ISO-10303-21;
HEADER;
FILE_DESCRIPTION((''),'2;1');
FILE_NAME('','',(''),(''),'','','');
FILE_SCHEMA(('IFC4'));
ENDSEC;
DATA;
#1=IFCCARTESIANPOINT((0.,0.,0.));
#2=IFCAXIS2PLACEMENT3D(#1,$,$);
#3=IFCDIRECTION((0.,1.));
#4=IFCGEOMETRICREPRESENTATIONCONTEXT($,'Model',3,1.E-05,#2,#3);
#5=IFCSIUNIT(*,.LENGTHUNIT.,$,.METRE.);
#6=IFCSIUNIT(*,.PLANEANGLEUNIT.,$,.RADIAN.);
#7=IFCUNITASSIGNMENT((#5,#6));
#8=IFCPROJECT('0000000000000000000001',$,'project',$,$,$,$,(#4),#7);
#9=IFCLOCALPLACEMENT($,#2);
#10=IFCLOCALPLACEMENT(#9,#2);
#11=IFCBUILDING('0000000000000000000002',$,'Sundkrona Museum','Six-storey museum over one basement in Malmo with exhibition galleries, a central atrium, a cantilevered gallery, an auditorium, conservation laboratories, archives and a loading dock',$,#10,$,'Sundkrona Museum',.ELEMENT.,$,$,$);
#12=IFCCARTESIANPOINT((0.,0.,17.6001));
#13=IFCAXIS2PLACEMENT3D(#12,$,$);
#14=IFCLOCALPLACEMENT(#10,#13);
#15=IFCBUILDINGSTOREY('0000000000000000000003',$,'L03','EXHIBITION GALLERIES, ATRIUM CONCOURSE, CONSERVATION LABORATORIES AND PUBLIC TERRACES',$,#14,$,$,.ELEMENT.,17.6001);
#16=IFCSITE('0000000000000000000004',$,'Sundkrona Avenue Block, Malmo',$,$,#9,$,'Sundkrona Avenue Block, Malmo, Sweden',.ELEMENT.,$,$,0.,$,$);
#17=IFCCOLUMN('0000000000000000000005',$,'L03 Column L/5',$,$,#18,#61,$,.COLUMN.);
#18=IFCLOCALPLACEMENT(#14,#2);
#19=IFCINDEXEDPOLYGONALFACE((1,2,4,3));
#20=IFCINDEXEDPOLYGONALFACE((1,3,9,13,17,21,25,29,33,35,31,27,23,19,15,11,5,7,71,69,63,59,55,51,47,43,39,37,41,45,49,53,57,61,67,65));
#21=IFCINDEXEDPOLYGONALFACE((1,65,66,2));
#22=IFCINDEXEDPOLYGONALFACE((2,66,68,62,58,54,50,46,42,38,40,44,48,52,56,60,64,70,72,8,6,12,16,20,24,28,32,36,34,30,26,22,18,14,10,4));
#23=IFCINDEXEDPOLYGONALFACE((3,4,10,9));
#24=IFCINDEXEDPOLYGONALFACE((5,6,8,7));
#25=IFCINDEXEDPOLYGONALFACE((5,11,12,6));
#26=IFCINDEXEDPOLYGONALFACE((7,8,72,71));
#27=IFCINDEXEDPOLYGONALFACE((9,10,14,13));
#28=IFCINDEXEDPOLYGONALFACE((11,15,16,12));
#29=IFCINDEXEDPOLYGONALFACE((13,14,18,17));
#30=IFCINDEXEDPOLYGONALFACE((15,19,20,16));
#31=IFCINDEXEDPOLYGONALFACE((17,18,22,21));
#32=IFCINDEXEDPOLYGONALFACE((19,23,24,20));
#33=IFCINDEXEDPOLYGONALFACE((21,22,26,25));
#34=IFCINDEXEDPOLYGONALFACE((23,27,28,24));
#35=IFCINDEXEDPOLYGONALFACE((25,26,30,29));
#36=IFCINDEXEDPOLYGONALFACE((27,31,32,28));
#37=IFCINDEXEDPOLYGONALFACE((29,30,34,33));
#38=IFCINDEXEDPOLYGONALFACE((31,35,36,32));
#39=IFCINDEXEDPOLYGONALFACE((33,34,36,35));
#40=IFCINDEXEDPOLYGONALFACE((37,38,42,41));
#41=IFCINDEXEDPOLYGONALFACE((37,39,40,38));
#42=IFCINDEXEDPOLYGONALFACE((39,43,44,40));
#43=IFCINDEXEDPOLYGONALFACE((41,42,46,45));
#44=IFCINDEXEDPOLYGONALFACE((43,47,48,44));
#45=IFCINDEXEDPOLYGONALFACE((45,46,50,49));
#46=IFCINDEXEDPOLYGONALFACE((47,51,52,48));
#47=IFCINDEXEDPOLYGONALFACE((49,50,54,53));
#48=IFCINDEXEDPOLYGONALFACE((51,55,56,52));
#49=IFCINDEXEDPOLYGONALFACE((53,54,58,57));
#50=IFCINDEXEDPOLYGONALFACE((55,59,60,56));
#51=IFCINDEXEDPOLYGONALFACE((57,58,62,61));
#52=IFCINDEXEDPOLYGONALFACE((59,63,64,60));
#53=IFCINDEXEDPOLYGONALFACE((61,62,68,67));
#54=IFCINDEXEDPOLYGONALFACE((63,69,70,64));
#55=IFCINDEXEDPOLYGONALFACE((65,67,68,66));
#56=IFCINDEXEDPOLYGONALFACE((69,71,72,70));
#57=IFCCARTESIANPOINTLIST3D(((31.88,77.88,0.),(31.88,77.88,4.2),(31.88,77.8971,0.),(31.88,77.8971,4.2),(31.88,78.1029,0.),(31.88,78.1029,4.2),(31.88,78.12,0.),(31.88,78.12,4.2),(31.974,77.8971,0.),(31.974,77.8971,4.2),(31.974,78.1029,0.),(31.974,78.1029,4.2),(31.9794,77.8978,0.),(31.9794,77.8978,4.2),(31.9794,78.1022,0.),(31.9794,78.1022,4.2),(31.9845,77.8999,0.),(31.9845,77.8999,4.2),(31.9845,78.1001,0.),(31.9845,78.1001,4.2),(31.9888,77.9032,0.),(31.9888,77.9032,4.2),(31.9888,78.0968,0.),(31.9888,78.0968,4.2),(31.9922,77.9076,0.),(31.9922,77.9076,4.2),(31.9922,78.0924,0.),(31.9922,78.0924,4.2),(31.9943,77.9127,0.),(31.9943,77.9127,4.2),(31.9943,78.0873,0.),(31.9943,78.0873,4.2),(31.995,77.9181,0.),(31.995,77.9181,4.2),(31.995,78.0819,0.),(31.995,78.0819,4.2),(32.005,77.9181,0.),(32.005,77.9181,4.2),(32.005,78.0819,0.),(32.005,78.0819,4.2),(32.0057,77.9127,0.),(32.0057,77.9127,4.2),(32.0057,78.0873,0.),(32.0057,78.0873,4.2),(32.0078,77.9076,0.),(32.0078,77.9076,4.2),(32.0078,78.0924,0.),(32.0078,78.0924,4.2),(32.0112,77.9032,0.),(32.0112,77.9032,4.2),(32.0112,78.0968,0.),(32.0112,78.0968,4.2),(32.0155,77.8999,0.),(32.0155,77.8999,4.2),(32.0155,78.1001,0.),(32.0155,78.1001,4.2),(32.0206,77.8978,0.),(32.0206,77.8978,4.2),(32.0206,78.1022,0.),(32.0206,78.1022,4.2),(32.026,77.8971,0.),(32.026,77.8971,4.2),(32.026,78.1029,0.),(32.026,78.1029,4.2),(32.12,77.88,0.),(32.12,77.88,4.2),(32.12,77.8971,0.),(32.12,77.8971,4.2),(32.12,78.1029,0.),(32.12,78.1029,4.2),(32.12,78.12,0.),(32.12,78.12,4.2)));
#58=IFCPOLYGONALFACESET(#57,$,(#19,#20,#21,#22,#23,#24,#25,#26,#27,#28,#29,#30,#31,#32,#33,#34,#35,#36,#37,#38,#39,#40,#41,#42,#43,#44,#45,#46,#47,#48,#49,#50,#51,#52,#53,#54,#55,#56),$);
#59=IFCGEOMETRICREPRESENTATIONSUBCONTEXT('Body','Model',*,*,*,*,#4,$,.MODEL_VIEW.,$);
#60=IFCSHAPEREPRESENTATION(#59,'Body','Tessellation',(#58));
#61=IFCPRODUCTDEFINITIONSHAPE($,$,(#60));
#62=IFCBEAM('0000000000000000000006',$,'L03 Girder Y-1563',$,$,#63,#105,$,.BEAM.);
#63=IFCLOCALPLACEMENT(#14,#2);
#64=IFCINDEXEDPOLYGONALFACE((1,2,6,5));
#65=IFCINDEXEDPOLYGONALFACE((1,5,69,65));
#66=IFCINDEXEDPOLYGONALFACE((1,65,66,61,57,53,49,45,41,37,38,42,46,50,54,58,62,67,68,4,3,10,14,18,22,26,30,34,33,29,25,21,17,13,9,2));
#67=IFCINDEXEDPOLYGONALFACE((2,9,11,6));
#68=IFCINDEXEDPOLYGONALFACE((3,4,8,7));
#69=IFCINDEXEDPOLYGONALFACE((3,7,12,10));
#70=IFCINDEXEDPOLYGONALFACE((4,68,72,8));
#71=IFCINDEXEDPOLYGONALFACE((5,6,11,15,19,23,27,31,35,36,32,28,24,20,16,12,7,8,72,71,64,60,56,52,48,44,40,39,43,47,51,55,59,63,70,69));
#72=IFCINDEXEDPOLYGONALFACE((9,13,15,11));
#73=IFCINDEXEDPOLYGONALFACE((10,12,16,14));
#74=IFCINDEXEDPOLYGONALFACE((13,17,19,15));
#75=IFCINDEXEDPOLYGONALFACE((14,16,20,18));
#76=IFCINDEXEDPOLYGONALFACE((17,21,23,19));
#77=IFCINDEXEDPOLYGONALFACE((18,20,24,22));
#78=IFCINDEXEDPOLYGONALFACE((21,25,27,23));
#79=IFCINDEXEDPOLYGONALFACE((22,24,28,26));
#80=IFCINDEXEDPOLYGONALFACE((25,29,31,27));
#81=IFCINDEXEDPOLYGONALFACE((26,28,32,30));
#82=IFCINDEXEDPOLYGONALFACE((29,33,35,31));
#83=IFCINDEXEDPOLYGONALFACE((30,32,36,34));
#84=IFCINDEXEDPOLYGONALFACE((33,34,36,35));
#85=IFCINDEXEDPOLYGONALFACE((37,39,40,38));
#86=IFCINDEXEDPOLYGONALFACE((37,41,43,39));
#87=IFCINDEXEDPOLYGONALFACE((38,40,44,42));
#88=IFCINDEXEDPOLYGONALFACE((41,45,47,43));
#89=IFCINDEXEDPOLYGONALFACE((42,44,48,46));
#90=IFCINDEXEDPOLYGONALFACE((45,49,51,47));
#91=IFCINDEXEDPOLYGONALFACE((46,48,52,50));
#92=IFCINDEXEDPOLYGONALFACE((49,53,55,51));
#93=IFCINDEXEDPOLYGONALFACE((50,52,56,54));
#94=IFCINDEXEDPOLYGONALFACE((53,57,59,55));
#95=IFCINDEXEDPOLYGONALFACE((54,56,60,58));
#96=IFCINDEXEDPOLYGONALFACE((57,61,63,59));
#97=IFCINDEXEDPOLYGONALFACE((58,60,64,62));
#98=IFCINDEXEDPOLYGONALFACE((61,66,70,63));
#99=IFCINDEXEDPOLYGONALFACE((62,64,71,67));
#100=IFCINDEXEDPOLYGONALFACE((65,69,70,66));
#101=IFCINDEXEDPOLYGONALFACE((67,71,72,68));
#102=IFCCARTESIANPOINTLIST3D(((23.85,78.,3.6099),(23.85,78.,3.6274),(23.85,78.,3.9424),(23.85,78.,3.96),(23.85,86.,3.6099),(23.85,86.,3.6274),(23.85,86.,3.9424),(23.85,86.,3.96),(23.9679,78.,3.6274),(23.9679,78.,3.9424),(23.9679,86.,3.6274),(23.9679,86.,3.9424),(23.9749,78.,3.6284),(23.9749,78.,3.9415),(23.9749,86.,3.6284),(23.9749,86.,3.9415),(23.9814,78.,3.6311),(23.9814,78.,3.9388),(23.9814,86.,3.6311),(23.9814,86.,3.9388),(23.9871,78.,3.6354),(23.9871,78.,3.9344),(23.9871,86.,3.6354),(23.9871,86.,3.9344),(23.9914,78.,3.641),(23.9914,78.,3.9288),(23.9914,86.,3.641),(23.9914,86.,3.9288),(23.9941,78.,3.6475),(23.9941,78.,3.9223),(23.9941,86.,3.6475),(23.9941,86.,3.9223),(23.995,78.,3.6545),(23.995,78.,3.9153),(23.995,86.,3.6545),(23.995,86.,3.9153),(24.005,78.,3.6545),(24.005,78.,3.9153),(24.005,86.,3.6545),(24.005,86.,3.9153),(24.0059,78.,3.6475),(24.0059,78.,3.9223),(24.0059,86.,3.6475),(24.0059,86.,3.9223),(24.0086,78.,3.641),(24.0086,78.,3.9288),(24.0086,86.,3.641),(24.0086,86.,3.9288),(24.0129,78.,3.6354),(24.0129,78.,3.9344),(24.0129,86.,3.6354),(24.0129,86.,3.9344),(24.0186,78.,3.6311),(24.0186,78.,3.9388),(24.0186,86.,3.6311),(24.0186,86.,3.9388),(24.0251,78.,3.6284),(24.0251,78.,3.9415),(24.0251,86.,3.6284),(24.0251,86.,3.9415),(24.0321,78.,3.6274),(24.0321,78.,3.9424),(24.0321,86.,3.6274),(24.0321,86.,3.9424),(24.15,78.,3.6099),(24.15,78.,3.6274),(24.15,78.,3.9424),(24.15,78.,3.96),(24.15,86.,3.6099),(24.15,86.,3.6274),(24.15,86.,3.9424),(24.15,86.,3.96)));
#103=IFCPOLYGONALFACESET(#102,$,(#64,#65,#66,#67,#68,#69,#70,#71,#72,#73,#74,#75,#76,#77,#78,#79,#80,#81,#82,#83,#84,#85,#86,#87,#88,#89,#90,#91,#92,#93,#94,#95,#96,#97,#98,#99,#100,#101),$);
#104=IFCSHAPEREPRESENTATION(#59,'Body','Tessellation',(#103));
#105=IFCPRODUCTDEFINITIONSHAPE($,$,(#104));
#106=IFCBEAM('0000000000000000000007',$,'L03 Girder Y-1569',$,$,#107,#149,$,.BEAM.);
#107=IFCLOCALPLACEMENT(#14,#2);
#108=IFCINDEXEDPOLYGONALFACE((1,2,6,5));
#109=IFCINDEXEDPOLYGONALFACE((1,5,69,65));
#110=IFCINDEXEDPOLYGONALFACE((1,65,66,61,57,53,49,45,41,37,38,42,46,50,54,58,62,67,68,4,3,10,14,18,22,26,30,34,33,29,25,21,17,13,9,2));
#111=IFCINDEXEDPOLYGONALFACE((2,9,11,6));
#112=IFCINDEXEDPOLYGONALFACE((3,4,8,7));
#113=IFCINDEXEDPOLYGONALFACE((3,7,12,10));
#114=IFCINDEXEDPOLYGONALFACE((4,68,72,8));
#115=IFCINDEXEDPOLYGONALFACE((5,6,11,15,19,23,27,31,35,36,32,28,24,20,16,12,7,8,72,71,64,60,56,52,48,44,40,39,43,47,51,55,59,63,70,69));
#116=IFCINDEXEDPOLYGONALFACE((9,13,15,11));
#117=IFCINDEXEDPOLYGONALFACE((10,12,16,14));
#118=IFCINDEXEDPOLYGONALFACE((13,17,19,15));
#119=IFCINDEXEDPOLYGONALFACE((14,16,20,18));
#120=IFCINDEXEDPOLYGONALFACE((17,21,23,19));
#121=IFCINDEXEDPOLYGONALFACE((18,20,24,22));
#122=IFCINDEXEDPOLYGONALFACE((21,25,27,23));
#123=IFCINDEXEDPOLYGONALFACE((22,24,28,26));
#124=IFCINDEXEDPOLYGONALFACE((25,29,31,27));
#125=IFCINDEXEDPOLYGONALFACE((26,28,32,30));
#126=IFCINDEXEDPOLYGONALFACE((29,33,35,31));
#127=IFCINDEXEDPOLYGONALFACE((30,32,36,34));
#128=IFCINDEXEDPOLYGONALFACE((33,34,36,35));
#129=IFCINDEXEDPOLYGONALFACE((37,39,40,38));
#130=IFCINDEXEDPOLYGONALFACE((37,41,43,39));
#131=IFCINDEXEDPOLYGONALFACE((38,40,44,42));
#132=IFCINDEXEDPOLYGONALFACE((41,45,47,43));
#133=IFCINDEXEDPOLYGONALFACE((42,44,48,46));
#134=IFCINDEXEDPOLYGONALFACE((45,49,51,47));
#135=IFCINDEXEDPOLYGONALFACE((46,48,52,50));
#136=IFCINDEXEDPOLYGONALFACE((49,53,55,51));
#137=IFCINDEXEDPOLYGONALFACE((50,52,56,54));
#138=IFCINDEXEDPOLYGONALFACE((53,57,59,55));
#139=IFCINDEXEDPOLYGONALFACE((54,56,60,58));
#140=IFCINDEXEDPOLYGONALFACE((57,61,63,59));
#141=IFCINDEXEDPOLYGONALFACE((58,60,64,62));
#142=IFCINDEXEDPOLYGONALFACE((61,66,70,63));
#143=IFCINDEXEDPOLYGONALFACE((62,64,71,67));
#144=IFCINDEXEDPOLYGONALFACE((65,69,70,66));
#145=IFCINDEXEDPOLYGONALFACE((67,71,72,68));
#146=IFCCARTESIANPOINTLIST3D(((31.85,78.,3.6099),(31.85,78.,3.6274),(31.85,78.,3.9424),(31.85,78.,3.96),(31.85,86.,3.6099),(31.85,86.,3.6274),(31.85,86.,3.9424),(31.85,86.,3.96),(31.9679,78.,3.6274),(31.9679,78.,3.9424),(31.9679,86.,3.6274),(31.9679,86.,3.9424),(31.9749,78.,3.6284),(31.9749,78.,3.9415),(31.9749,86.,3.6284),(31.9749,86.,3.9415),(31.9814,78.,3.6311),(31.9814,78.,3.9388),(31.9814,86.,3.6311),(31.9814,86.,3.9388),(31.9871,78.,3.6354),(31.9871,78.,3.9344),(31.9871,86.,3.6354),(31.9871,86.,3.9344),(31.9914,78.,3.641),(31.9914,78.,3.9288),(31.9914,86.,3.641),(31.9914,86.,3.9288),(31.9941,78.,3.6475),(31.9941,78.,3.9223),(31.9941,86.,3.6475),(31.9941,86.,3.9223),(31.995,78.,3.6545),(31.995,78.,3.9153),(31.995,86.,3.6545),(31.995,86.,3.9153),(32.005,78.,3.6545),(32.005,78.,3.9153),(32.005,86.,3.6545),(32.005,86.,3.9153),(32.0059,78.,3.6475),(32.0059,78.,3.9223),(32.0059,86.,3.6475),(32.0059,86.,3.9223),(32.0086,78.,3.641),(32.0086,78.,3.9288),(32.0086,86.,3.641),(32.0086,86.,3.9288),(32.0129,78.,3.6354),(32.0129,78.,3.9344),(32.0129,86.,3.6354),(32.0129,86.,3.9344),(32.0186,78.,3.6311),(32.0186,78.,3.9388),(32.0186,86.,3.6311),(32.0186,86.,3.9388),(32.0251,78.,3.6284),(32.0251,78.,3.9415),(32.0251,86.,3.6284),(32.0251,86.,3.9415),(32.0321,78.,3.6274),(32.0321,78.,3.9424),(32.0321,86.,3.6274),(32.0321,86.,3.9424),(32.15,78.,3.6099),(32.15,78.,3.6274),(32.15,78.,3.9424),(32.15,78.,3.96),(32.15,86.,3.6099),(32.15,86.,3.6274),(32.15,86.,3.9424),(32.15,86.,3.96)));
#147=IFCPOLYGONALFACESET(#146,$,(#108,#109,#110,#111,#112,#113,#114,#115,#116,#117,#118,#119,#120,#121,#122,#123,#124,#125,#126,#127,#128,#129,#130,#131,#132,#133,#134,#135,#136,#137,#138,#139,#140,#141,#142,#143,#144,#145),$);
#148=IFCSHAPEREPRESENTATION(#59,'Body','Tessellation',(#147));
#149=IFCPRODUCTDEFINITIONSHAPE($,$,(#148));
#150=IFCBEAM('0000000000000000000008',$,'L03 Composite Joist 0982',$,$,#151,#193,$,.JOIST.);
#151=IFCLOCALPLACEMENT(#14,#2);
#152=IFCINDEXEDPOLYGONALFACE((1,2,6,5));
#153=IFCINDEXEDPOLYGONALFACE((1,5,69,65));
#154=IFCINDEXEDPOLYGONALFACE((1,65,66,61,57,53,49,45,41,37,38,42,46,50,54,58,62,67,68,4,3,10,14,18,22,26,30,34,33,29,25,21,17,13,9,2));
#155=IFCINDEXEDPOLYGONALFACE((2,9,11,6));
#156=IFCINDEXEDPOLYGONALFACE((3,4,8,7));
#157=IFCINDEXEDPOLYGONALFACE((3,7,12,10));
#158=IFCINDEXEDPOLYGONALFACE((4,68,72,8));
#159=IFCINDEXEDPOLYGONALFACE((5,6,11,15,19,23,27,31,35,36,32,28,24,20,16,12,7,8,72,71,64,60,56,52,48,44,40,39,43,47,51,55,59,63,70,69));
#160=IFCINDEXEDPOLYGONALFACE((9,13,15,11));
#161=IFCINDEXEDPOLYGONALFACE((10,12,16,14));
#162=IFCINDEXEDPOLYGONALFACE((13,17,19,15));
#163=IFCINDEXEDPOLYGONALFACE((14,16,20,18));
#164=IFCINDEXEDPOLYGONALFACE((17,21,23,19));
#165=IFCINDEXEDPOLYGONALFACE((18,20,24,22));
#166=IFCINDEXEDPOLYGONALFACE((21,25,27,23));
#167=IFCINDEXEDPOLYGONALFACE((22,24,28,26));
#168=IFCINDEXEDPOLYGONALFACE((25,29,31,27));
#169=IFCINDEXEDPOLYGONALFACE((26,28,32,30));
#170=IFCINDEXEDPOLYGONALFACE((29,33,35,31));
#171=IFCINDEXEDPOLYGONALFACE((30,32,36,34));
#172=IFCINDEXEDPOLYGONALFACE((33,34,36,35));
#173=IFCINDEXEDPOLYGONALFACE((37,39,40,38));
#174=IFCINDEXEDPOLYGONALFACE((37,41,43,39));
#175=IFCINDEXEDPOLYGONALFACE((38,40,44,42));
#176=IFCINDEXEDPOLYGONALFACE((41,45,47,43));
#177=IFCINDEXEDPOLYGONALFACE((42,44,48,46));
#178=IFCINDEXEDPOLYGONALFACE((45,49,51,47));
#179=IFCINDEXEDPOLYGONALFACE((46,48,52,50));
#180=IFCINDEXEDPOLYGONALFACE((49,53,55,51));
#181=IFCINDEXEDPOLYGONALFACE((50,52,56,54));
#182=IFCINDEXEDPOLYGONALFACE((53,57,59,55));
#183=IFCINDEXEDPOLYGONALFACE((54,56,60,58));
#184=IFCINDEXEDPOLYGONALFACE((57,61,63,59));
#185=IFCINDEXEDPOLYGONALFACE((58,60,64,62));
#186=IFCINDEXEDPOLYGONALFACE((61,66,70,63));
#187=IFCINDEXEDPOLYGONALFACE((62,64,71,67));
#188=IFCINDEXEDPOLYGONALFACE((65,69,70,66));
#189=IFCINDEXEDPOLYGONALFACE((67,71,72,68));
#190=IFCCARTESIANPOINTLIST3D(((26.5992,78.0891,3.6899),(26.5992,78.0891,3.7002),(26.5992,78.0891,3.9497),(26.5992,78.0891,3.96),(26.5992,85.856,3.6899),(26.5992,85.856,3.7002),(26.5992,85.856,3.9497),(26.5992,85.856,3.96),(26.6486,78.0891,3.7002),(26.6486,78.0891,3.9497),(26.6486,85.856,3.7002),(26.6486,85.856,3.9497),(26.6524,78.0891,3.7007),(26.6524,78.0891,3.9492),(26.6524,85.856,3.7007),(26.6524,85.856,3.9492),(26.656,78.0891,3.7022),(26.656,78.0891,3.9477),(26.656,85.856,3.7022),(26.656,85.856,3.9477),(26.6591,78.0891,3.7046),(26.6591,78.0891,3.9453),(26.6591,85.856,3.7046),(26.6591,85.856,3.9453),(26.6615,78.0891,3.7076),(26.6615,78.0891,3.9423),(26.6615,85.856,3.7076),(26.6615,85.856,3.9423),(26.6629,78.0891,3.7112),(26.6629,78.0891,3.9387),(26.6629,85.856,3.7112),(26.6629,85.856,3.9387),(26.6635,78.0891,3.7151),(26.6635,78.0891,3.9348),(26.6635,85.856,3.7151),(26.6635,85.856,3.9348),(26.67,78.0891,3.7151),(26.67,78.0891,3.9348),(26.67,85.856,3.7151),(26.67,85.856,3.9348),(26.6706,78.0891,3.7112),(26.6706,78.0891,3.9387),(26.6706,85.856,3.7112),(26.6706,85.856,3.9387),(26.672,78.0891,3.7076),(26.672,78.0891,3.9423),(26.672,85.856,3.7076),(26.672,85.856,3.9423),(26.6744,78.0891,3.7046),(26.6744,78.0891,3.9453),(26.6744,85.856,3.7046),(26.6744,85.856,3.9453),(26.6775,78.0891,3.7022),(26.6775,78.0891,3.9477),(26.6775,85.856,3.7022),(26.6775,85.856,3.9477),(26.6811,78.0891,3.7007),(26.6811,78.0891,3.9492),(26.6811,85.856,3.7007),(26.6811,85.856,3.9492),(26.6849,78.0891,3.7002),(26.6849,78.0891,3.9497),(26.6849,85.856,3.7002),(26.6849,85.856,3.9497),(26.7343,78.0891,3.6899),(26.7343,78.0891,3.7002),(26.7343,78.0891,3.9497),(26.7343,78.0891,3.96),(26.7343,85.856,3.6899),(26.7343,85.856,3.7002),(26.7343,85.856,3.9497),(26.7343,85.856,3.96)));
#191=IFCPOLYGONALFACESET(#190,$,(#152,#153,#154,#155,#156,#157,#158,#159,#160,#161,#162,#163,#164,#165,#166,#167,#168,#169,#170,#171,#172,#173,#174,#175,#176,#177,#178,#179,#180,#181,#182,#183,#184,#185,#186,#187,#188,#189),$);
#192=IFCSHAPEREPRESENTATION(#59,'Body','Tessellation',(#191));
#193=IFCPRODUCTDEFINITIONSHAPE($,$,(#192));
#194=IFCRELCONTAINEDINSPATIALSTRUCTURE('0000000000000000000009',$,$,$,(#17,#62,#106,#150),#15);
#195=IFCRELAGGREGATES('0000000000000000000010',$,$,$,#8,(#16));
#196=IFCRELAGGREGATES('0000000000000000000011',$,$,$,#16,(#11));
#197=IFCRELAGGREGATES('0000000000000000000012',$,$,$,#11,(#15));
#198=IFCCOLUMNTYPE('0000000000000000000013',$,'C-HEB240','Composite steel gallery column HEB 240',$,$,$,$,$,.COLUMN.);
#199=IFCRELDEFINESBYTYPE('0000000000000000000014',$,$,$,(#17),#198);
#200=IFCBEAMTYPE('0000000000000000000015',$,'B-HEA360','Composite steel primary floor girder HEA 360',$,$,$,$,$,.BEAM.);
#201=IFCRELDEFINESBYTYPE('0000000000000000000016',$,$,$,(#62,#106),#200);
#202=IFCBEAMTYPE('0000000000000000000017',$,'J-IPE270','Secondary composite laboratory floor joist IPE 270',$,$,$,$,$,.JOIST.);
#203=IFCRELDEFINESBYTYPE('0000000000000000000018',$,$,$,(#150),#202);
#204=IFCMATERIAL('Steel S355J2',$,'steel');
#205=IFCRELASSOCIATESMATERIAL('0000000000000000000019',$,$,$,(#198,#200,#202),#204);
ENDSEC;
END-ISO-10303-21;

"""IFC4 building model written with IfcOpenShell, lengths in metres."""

from ifc_helpers import new_model, si_unit, direction, frame, origin, origin_2d, place, context, subcontext, project, spatial, i_section, extrude, material, material_profile, profile_set, type_object, element, save


model = new_model("IFC4")

# Units and contexts
model_context = context("Model", 3, precision=1e-05, world=origin(), true_north=direction((0.0, 1.0)))
body_context = subcontext(model_context, "Body", "Model", "MODEL_VIEW")
ifc_project = project(units=[si_unit("LENGTHUNIT", "METRE"), si_unit("PLANEANGLEUNIT", "RADIAN")], contexts=[model_context])

# Site, building, storey
site_placement = place(None, origin())
site = spatial("IfcSite", under=ifc_project, at=site_placement, Name="Sundkrona Avenue Block, Malmo", LongName="Sundkrona Avenue Block, Malmo, Sweden", CompositionType="ELEMENT", RefElevation=0.0)
building_placement = place(site_placement, origin())
building = spatial("IfcBuilding", under=site, at=building_placement, Name="Sundkrona Museum", Description="Six-storey museum over one basement in Malmo with exhibition galleries, a central atrium, a cantilevered gallery, an auditorium, conservation laboratories, archives and a loading dock", LongName="Sundkrona Museum", CompositionType="ELEMENT")
storey_placement = place(building_placement, frame((0.0, 0.0, 17.6001)))
storey = spatial("IfcBuildingStorey", under=building, at=storey_placement, Name="L03", Description="EXHIBITION GALLERIES, ATRIUM CONCOURSE, CONSERVATION LABORATORIES AND PUBLIC TERRACES", CompositionType="ELEMENT", Elevation=17.6001)

# Column
ifc_material_1 = material(Name="Steel S355J2", Category="steel")
ifc_material_profile_1 = material_profile(ifc_material_1, i_section(OverallWidth=0.24, OverallDepth=0.24, WebThickness=0.01, FlangeThickness=0.0171, FilletRadius=0.021, at=origin_2d()), Name="HEB 240")
ifc_profile_set_1 = profile_set([ifc_material_profile_1], Name="Steel S355J2")
column_type = type_object("IfcColumnType", Name="C-HEB240", Description="Composite steel gallery column HEB 240", PredefinedType="COLUMN", material=ifc_profile_set_1)
column_placement = place(storey_placement, frame((32.0, 78.0, 0.0), z_axis=(0.0, 0.0, 1.0), x_axis=(1.0, 0.0, 0.0)))
element("IfcColumn", 1, at=column_placement, inside=storey, type_object=column_type, Name="L03 Column L/5", PredefinedType="COLUMN", context=body_context, shape_type="SweptSolid", body=[
    extrude(i_section(OverallWidth=0.24, OverallDepth=0.24, WebThickness=0.01, FlangeThickness=0.0171, FilletRadius=0.021, at=origin_2d()), origin(), (0.0, 0.0, 1.0), 4.2),
])

# Beams
ifc_material_profile_2 = material_profile(ifc_material_1, i_section(OverallWidth=0.3, OverallDepth=0.3501, WebThickness=0.01, FlangeThickness=0.0176, FilletRadius=0.0271, at=origin_2d()), Name="HEA 360")
ifc_profile_set_2 = profile_set([ifc_material_profile_2], Name="Steel S355J2")
beam_type_1 = type_object("IfcBeamType", Name="B-HEA360", Description="Composite steel primary floor girder HEA 360", PredefinedType="BEAM", material=ifc_profile_set_2)
for number, where, z_axis, x_axis, name in (
    (2, (24.0, 78.0, 3.7849), (0.0, 1.0, 0.0), (-1.0, 0.0, 0.0), "L03 Girder Y-1563"),
    (3, (32.0, 78.0, 3.7849), (0.0, 1.0, 0.0), (-1.0, 0.0, 0.0), "L03 Girder Y-1569"),
):
    element("IfcBeam", number, at=place(storey_placement, frame(where, z_axis=z_axis, x_axis=x_axis)), inside=storey, type_object=beam_type_1, Name=name, PredefinedType="BEAM", context=body_context, shape_type="SweptSolid", body=[
        extrude(i_section(OverallWidth=0.3, OverallDepth=0.3501, WebThickness=0.01, FlangeThickness=0.0176, FilletRadius=0.0271, at=origin_2d()), origin(), (0.0, 0.0, 1.0), 8.0),
    ])
ifc_material_profile_3 = material_profile(ifc_material_1, i_section(OverallWidth=0.135, OverallDepth=0.27, WebThickness=0.0066, FlangeThickness=0.0103, FilletRadius=0.0149, at=origin_2d()), Name="IPE 270")
ifc_profile_set_3 = profile_set([ifc_material_profile_3], Name="Steel S355J2")
beam_type_2 = type_object("IfcBeamType", Name="J-IPE270", Description="Secondary composite laboratory floor joist IPE 270", PredefinedType="JOIST", material=ifc_profile_set_3)
for number, where, z_axis, x_axis, name in (
    (4, (26.6667, 78.0891, 3.825), (0.0, 1.0, 0.0), (-1.0, 0.0, 0.0), "L03 Composite Joist 0982"),
):
    element("IfcBeam", number, at=place(storey_placement, frame(where, z_axis=z_axis, x_axis=x_axis)), inside=storey, type_object=beam_type_2, Name=name, PredefinedType="JOIST", context=body_context, shape_type="SweptSolid", body=[
        extrude(i_section(OverallWidth=0.135, OverallDepth=0.27, WebThickness=0.0066, FlangeThickness=0.0103, FilletRadius=0.0149, at=origin_2d()), origin(), (0.0, 0.0, 1.0), 7.7668),
    ])

save(model, "model.ifc")
